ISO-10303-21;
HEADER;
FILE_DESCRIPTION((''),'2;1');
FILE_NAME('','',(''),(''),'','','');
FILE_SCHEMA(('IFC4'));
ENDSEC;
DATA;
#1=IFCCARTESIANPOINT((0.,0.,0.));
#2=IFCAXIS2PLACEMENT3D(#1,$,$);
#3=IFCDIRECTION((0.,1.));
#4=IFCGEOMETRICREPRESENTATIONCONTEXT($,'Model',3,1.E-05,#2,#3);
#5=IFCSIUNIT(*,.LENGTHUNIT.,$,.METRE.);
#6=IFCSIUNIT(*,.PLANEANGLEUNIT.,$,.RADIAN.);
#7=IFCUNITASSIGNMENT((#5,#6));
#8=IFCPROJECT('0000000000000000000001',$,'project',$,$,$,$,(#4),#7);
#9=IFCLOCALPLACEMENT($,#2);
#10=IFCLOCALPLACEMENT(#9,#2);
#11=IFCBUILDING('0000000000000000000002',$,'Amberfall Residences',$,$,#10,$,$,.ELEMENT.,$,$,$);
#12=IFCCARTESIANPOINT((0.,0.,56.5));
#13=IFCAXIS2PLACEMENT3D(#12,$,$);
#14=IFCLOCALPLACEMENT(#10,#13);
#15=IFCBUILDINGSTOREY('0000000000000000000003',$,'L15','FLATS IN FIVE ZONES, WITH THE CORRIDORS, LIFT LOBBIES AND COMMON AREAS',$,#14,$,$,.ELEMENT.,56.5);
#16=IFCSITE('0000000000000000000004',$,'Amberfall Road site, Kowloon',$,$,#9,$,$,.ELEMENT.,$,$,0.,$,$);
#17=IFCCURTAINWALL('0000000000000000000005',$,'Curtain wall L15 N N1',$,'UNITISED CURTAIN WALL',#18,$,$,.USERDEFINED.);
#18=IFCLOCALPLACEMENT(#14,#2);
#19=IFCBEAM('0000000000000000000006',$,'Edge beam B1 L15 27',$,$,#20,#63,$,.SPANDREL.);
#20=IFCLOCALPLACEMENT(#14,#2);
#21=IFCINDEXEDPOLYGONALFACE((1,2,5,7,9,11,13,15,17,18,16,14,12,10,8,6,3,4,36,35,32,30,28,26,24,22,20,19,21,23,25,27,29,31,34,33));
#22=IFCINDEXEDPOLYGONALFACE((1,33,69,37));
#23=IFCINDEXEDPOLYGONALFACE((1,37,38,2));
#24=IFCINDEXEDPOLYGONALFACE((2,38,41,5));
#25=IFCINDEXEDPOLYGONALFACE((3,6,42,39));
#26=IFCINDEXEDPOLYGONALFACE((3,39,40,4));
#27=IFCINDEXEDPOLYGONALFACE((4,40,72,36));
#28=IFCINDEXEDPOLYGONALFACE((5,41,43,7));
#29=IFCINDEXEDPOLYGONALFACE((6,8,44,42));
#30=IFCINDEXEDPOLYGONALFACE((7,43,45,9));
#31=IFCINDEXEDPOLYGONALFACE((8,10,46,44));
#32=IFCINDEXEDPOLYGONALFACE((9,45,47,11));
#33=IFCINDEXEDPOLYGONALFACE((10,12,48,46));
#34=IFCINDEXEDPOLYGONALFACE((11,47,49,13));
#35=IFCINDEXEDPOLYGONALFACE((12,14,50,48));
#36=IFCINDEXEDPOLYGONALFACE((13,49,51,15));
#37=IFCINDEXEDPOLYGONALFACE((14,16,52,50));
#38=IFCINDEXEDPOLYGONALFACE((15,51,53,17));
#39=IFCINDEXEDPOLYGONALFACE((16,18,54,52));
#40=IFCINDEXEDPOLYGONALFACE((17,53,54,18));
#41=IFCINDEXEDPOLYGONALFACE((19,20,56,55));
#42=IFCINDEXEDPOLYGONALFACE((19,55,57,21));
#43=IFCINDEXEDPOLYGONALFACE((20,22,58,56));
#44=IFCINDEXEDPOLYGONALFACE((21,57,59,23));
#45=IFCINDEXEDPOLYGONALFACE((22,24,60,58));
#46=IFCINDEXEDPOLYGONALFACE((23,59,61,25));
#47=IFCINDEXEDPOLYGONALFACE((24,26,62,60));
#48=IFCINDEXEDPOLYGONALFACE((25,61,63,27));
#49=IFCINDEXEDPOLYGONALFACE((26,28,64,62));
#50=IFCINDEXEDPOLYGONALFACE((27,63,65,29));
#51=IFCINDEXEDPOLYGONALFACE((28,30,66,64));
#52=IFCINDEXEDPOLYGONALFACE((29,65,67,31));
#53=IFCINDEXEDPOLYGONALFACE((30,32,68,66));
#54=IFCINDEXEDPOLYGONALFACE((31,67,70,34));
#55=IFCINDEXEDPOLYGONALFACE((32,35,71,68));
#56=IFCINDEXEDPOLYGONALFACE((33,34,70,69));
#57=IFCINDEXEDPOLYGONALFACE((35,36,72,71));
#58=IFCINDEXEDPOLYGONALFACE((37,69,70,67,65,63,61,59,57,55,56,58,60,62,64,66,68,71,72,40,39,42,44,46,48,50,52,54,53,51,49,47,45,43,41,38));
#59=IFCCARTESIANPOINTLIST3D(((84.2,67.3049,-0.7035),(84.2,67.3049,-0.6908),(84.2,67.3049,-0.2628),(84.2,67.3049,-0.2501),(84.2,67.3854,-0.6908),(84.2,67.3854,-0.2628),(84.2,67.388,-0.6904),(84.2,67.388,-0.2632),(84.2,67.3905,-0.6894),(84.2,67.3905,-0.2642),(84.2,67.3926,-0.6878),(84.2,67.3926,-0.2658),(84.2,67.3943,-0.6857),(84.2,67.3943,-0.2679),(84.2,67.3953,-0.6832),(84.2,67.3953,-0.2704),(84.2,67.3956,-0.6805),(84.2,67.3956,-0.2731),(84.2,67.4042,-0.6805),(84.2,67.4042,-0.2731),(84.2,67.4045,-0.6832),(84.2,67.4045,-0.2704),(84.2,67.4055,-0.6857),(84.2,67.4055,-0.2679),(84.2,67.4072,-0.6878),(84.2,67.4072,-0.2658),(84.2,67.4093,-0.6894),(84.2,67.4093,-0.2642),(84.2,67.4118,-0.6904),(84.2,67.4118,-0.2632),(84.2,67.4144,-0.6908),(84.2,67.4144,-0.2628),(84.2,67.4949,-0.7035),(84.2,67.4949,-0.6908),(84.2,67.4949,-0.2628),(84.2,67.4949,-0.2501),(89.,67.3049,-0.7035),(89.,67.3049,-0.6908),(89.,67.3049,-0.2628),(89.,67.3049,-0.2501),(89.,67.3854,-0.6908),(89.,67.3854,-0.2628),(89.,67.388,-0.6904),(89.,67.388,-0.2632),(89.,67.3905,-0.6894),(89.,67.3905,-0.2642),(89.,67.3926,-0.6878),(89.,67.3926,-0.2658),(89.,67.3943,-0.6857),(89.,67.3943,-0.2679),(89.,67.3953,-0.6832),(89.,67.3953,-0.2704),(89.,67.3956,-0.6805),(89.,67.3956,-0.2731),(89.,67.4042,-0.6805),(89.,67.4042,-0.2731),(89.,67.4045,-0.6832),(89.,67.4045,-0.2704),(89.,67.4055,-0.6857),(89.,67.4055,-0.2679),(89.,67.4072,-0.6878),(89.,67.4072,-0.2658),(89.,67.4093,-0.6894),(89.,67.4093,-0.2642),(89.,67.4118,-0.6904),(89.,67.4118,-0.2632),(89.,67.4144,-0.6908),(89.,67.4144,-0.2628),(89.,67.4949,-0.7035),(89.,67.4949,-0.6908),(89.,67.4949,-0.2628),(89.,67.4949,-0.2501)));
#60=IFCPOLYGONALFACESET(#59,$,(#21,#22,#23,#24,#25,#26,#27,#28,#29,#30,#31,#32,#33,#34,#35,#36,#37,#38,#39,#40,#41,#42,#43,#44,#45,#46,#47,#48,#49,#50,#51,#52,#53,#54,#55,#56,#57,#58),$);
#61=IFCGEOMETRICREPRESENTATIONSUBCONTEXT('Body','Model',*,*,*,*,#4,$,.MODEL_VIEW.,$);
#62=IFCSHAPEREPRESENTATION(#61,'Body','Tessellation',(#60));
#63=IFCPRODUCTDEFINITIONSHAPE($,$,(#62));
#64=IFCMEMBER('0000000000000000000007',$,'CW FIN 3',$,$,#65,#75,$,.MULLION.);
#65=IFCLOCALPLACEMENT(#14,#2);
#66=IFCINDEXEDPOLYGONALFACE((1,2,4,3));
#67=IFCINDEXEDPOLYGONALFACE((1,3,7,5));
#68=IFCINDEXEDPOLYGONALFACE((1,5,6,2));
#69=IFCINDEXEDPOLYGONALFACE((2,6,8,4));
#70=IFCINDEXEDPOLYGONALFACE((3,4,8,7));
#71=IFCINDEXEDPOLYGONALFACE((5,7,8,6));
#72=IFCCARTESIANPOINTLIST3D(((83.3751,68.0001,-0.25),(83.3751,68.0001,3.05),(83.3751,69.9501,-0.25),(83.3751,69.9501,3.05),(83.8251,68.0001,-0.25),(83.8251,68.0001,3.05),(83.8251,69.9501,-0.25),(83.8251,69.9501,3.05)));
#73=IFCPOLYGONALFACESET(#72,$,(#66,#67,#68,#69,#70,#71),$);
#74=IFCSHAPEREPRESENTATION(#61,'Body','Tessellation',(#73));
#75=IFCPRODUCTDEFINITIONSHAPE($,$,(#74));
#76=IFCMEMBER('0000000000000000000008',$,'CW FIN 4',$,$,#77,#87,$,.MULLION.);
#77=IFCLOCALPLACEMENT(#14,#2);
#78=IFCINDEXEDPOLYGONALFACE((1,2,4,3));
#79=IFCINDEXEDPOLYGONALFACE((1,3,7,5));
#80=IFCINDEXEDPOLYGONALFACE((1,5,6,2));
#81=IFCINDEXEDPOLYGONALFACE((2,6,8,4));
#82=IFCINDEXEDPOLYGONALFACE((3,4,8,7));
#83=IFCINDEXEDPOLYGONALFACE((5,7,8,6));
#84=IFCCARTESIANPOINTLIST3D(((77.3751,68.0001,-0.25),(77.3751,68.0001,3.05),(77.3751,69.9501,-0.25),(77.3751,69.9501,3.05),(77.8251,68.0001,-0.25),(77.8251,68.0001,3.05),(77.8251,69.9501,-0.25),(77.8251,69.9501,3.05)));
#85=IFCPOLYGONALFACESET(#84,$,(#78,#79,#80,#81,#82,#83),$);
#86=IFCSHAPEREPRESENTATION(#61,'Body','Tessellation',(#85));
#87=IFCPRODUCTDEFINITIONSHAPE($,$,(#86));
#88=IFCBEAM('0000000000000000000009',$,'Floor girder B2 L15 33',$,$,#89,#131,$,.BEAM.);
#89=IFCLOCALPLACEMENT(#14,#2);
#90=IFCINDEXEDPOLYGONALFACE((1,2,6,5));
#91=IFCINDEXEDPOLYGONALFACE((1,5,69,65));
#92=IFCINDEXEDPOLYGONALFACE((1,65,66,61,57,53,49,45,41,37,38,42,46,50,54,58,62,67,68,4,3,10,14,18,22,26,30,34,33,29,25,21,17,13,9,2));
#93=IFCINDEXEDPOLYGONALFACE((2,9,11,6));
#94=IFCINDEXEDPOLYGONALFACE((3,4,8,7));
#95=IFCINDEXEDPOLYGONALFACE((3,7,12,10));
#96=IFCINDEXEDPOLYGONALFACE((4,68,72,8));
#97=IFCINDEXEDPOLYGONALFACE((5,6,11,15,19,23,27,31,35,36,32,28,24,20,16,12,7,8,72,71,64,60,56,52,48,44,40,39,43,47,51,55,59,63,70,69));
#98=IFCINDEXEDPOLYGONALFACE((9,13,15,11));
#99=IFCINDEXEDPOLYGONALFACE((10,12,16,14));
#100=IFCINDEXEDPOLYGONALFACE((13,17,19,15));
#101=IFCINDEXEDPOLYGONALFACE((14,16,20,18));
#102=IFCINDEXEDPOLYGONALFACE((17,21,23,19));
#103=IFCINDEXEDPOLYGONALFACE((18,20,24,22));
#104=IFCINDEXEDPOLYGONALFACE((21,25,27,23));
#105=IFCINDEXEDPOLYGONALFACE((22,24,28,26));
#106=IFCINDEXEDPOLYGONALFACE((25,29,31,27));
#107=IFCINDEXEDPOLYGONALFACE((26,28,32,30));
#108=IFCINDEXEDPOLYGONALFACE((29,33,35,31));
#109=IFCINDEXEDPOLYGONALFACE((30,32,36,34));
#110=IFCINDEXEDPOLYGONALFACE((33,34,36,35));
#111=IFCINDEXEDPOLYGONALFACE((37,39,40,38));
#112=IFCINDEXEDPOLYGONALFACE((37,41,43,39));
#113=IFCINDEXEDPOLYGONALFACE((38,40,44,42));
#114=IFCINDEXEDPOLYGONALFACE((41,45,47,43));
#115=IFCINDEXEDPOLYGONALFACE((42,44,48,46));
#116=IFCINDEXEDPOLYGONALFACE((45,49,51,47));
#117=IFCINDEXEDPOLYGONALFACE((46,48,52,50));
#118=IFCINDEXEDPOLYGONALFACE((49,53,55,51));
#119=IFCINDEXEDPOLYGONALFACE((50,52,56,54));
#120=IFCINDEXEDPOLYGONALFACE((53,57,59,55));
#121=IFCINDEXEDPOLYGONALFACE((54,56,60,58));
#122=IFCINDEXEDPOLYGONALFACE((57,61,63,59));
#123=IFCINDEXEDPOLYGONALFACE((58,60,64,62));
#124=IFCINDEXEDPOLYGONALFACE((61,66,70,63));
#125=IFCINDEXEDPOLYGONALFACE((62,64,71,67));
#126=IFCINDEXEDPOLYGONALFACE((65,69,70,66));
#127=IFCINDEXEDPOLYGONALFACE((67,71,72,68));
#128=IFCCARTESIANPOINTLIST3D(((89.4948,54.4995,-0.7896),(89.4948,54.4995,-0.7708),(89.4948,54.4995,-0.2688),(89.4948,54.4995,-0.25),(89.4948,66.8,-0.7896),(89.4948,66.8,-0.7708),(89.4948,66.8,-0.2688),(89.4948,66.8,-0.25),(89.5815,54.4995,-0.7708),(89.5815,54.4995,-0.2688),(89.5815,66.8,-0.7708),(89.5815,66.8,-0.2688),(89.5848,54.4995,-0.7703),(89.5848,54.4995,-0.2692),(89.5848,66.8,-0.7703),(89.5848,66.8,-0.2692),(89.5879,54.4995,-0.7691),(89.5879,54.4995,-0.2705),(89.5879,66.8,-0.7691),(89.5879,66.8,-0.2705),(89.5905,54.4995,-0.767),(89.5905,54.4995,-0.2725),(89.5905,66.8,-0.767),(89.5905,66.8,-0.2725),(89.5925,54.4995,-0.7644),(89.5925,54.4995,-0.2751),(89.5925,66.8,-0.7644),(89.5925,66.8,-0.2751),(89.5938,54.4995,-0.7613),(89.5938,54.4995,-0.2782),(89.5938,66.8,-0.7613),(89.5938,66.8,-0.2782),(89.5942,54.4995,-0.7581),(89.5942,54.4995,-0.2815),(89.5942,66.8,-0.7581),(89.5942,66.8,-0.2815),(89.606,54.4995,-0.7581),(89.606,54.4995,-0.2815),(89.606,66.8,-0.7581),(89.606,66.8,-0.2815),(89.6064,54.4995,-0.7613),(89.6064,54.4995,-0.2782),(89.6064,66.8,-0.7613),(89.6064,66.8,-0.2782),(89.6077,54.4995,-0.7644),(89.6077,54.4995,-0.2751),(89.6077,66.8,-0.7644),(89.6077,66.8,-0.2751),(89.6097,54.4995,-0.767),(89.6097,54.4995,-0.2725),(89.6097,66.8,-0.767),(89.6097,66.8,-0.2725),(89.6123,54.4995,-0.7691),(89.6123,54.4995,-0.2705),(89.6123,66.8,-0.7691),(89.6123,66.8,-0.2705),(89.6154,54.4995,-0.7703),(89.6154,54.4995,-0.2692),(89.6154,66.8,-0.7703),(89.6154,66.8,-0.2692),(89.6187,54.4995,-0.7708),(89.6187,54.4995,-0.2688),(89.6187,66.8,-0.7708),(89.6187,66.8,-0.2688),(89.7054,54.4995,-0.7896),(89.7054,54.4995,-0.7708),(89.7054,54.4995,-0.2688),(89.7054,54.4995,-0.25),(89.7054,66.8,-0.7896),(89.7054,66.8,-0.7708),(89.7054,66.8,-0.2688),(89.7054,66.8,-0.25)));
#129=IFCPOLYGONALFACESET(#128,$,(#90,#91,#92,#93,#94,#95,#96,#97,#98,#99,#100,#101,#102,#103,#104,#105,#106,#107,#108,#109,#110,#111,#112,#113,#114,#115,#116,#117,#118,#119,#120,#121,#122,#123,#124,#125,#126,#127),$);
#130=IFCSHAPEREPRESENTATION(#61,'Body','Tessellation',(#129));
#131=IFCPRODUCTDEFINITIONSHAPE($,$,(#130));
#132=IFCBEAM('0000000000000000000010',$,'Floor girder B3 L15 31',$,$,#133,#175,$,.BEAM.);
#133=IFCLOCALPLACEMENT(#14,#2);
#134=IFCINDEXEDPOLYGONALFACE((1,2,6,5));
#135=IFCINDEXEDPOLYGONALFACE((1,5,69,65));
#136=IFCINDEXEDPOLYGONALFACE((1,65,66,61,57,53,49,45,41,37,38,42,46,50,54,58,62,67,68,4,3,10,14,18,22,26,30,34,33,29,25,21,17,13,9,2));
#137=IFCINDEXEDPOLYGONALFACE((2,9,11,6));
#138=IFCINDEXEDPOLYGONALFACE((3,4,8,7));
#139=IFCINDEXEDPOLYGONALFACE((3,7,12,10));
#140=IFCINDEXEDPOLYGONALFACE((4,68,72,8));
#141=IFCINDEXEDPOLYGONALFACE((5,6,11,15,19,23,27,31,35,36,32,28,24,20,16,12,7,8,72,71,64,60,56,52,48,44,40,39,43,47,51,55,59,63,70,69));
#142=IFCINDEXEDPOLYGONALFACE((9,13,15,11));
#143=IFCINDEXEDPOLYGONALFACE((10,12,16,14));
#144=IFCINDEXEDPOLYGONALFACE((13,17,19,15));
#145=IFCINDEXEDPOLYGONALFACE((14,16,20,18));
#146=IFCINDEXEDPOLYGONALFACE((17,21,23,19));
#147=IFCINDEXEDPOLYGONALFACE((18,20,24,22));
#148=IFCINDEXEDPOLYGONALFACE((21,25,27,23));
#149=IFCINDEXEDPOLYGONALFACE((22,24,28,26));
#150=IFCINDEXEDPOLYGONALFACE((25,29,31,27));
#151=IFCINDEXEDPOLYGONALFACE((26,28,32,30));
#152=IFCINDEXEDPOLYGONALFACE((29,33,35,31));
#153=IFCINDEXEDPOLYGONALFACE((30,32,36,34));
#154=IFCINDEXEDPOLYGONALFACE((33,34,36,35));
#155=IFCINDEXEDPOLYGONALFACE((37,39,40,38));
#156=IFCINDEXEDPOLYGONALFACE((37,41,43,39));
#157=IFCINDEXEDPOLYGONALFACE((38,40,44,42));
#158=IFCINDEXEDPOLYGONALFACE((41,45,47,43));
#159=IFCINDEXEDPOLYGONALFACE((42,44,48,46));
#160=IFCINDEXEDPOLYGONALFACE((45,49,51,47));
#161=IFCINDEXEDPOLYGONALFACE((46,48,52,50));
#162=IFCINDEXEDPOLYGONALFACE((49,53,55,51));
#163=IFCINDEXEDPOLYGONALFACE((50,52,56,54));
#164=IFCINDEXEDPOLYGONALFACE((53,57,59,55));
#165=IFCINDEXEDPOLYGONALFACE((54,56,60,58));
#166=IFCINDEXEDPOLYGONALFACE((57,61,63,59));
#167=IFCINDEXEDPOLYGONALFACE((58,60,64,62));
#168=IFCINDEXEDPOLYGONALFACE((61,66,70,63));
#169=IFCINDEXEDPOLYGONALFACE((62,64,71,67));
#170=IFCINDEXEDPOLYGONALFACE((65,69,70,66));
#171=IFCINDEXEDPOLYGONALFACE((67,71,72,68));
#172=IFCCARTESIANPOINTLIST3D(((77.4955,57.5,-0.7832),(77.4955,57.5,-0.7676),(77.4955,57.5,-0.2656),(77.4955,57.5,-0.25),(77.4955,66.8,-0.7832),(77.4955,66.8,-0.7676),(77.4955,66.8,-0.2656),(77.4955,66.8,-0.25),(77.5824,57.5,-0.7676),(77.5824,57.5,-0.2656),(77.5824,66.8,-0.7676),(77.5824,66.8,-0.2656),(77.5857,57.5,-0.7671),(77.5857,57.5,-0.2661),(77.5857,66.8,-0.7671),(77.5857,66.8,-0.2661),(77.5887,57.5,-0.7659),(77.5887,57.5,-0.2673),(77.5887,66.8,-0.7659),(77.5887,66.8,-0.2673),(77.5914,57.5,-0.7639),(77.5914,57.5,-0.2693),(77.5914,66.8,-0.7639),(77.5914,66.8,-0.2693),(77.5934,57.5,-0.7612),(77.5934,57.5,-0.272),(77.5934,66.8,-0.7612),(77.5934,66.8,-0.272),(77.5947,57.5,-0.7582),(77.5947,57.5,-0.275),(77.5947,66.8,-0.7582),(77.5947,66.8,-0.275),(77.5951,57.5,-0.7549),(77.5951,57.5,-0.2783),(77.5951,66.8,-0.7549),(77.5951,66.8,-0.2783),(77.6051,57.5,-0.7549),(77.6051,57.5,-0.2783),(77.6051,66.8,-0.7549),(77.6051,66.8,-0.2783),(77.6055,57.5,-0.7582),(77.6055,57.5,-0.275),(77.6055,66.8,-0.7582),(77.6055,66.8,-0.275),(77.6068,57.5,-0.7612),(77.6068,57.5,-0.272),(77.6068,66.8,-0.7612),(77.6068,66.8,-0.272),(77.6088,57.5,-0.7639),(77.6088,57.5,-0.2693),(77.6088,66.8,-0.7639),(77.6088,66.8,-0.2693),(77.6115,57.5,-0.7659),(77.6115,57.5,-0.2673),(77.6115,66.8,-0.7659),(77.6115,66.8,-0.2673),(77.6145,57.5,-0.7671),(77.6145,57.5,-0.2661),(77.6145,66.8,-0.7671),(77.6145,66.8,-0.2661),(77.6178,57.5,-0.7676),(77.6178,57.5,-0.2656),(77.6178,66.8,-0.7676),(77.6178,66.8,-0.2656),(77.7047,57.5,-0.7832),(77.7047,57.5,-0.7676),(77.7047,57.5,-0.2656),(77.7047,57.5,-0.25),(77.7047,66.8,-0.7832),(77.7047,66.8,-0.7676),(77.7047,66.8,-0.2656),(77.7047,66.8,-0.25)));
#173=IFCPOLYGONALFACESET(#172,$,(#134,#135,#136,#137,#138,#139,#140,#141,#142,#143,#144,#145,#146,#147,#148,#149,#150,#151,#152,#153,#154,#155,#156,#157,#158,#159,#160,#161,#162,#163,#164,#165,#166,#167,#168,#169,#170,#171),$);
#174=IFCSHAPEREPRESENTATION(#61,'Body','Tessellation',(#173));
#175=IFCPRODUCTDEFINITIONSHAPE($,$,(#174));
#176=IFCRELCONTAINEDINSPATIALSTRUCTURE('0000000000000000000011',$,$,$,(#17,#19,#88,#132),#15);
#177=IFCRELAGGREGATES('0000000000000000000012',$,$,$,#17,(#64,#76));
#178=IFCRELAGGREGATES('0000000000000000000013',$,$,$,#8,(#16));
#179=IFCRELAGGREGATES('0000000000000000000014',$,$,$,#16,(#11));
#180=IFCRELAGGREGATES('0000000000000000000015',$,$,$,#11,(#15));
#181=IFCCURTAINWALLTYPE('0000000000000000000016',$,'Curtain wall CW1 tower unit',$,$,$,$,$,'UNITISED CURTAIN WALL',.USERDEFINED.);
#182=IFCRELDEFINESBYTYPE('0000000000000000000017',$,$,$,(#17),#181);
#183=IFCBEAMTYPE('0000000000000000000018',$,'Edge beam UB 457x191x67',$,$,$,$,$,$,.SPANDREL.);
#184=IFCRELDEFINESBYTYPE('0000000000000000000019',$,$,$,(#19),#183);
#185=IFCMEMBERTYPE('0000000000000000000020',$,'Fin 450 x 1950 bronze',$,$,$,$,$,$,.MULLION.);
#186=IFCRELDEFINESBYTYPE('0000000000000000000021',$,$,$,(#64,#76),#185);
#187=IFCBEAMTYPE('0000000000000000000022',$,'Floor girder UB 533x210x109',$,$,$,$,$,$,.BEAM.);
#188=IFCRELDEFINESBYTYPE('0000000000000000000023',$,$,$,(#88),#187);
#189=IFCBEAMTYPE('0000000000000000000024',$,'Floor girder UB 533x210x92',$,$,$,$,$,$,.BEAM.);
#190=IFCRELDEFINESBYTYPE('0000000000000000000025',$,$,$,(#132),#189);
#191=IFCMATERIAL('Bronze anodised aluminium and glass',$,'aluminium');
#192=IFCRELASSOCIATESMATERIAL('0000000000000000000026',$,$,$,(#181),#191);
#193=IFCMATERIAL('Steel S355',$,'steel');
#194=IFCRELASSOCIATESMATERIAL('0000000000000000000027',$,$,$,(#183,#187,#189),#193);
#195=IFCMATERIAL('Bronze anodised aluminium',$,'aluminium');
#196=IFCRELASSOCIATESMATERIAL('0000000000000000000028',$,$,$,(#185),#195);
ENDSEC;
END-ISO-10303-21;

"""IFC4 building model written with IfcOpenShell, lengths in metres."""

from ifc_helpers import new_model, si_unit, direction, frame, origin, origin_2d, place, context, subcontext, project, spatial, rectangle, i_section, extrude, material, material_profile, profile_set, type_object, element, aggregate, save


model = new_model("IFC4")

# Units and contexts
model_context = context("Model", 3, precision=1e-05, world=origin(), true_north=direction((0.0, 1.0)))
body_context = subcontext(model_context, "Body", "Model", "MODEL_VIEW")
ifc_project = project(units=[si_unit("LENGTHUNIT", "METRE"), si_unit("PLANEANGLEUNIT", "RADIAN")], contexts=[model_context])

# Site, building, storey
site_placement = place(None, origin())
site = spatial("IfcSite", under=ifc_project, at=site_placement, Name="Amberfall Road site, Kowloon", CompositionType="ELEMENT", RefElevation=0.0)
building_placement = place(site_placement, origin())
building = spatial("IfcBuilding", under=site, at=building_placement, Name="Amberfall Residences", CompositionType="ELEMENT")
storey_placement = place(building_placement, frame((0.0, 0.0, 56.5)))
storey = spatial("IfcBuildingStorey", under=building, at=storey_placement, Name="L15", Description="FLATS IN FIVE ZONES, WITH THE CORRIDORS, LIFT LOBBIES AND COMMON AREAS", CompositionType="ELEMENT", Elevation=56.5)

# Curtain wall
ifc_material_1 = material(Name="Bronze anodised aluminium and glass", Category="aluminium")
curtain_wall_type = type_object("IfcCurtainWallType", Name="Curtain wall CW1 tower unit", ElementType="UNITISED CURTAIN WALL", PredefinedType="USERDEFINED", material=ifc_material_1)
curtain_wall_placement = place(storey_placement, origin())
curtain_wall = element("IfcCurtainWall", 1, at=curtain_wall_placement, inside=storey, type_object=curtain_wall_type, Name="Curtain wall L15 N N1", ObjectType="UNITISED CURTAIN WALL", PredefinedType="USERDEFINED")
ifc_material_2 = material(Name="Bronze anodised aluminium", Category="aluminium")

# Beam
ifc_material_3 = material(Name="Steel S355", Category="steel")
ifc_material_profile_1 = material_profile(ifc_material_3, i_section(OverallWidth=0.1899, OverallDepth=0.4534, WebThickness=0.0085, FlangeThickness=0.0127, FilletRadius=0.0103, at=origin_2d()), Name="UB 457x191x67")
ifc_profile_set_1 = profile_set([ifc_material_profile_1], Name="Steel S355")
beam_type_1 = type_object("IfcBeamType", Name="Edge beam UB 457x191x67", PredefinedType="SPANDREL", material=ifc_profile_set_1)
for number, where, z_axis, x_axis, name in (
    (2, (84.2, 67.3999, -0.4768), (1.0, 0.0, 0.0), (0.0, 1.0, 0.0), "Edge beam B1 L15 27"),
):
    element("IfcBeam", number, at=place(storey_placement, frame(where, z_axis=z_axis, x_axis=x_axis)), inside=storey, type_object=beam_type_1, Name=name, PredefinedType="SPANDREL", context=body_context, shape_type="SweptSolid", body=[
        extrude(i_section(OverallWidth=0.1899, OverallDepth=0.4534, WebThickness=0.0085, FlangeThickness=0.0127, FilletRadius=0.0103, at=origin_2d()), origin(), (0.0, 0.0, 1.0), 4.8),
    ])

# Members
ifc_material_profile_2 = material_profile(ifc_material_2, rectangle(XDim=1.95, YDim=0.45, at=origin_2d()), Name="Fin 450 x 1950 bronze")
ifc_profile_set_2 = profile_set([ifc_material_profile_2], Name="Bronze anodised aluminium")
member_type_1 = type_object("IfcMemberType", Name="Fin 450 x 1950 bronze", PredefinedType="MULLION", material=ifc_profile_set_2)
member_1_placement = place(storey_placement, frame((83.6001, 68.9751, -0.25), z_axis=(0.0, 0.0, 1.0), x_axis=(0.0, -1.0, 0.0)))
member_1 = element("IfcMember", 3, at=member_1_placement, type_object=member_type_1, Name="CW FIN 3", PredefinedType="MULLION", context=body_context, shape_type="SweptSolid", body=[
    extrude(rectangle(XDim=1.95, YDim=0.45, at=origin_2d()), origin(), (0.0, 0.0, 1.0), 3.3),
])
member_2_placement = place(storey_placement, frame((77.6001, 68.9751, -0.25), z_axis=(0.0, 0.0, 1.0), x_axis=(0.0, -1.0, 0.0)))
member_2 = element("IfcMember", 4, at=member_2_placement, type_object=member_type_1, Name="CW FIN 4", PredefinedType="MULLION", context=body_context, shape_type="SweptSolid", body=[
    extrude(rectangle(XDim=1.95, YDim=0.45, at=origin_2d()), origin(), (0.0, 0.0, 1.0), 3.3),
])

# Beams
ifc_material_profile_3 = material_profile(ifc_material_3, i_section(OverallWidth=0.2107, OverallDepth=0.5396, WebThickness=0.0117, FlangeThickness=0.0188, FilletRadius=0.0127, at=origin_2d()), Name="UB 533x210x109")
ifc_profile_set_3 = profile_set([ifc_material_profile_3], Name="Steel S355")
beam_type_2 = type_object("IfcBeamType", Name="Floor girder UB 533x210x109", PredefinedType="BEAM", material=ifc_profile_set_3)
beam_placement = place(storey_placement, frame((89.6001, 66.8, -0.5198), z_axis=(0.0, -1.0, 0.0), x_axis=(1.0, 0.0, 0.0)))
element("IfcBeam", 5, at=beam_placement, inside=storey, type_object=beam_type_2, Name="Floor girder B2 L15 33", PredefinedType="BEAM", context=body_context, shape_type="SweptSolid", body=[
    extrude(i_section(OverallWidth=0.2107, OverallDepth=0.5396, WebThickness=0.0117, FlangeThickness=0.0188, FilletRadius=0.0127, at=origin_2d()), origin(), (0.0, 0.0, 1.0), 12.3005),
])
ifc_material_profile_4 = material_profile(ifc_material_3, i_section(OverallWidth=0.2092, OverallDepth=0.5332, WebThickness=0.01, FlangeThickness=0.0156, FilletRadius=0.0127, at=origin_2d()), Name="UB 533x210x92")
ifc_profile_set_4 = profile_set([ifc_material_profile_4], Name="Steel S355")
beam_type_3 = type_object("IfcBeamType", Name="Floor girder UB 533x210x92", PredefinedType="BEAM", material=ifc_profile_set_4)
for number, where, z_axis, x_axis, name in (
    (6, (77.6001, 66.8, -0.5166), (0.0, -1.0, 0.0), (1.0, 0.0, 0.0), "Floor girder B3 L15 31"),
):
    element("IfcBeam", number, at=place(storey_placement, frame(where, z_axis=z_axis, x_axis=x_axis)), inside=storey, type_object=beam_type_3, Name=name, PredefinedType="BEAM", context=body_context, shape_type="SweptSolid", body=[
        extrude(i_section(OverallWidth=0.2092, OverallDepth=0.5332, WebThickness=0.01, FlangeThickness=0.0156, FilletRadius=0.0127, at=origin_2d()), origin(), (0.0, 0.0, 1.0), 9.3),
    ])

aggregate(curtain_wall, [member_1, member_2])

save(model, "model.ifc")
